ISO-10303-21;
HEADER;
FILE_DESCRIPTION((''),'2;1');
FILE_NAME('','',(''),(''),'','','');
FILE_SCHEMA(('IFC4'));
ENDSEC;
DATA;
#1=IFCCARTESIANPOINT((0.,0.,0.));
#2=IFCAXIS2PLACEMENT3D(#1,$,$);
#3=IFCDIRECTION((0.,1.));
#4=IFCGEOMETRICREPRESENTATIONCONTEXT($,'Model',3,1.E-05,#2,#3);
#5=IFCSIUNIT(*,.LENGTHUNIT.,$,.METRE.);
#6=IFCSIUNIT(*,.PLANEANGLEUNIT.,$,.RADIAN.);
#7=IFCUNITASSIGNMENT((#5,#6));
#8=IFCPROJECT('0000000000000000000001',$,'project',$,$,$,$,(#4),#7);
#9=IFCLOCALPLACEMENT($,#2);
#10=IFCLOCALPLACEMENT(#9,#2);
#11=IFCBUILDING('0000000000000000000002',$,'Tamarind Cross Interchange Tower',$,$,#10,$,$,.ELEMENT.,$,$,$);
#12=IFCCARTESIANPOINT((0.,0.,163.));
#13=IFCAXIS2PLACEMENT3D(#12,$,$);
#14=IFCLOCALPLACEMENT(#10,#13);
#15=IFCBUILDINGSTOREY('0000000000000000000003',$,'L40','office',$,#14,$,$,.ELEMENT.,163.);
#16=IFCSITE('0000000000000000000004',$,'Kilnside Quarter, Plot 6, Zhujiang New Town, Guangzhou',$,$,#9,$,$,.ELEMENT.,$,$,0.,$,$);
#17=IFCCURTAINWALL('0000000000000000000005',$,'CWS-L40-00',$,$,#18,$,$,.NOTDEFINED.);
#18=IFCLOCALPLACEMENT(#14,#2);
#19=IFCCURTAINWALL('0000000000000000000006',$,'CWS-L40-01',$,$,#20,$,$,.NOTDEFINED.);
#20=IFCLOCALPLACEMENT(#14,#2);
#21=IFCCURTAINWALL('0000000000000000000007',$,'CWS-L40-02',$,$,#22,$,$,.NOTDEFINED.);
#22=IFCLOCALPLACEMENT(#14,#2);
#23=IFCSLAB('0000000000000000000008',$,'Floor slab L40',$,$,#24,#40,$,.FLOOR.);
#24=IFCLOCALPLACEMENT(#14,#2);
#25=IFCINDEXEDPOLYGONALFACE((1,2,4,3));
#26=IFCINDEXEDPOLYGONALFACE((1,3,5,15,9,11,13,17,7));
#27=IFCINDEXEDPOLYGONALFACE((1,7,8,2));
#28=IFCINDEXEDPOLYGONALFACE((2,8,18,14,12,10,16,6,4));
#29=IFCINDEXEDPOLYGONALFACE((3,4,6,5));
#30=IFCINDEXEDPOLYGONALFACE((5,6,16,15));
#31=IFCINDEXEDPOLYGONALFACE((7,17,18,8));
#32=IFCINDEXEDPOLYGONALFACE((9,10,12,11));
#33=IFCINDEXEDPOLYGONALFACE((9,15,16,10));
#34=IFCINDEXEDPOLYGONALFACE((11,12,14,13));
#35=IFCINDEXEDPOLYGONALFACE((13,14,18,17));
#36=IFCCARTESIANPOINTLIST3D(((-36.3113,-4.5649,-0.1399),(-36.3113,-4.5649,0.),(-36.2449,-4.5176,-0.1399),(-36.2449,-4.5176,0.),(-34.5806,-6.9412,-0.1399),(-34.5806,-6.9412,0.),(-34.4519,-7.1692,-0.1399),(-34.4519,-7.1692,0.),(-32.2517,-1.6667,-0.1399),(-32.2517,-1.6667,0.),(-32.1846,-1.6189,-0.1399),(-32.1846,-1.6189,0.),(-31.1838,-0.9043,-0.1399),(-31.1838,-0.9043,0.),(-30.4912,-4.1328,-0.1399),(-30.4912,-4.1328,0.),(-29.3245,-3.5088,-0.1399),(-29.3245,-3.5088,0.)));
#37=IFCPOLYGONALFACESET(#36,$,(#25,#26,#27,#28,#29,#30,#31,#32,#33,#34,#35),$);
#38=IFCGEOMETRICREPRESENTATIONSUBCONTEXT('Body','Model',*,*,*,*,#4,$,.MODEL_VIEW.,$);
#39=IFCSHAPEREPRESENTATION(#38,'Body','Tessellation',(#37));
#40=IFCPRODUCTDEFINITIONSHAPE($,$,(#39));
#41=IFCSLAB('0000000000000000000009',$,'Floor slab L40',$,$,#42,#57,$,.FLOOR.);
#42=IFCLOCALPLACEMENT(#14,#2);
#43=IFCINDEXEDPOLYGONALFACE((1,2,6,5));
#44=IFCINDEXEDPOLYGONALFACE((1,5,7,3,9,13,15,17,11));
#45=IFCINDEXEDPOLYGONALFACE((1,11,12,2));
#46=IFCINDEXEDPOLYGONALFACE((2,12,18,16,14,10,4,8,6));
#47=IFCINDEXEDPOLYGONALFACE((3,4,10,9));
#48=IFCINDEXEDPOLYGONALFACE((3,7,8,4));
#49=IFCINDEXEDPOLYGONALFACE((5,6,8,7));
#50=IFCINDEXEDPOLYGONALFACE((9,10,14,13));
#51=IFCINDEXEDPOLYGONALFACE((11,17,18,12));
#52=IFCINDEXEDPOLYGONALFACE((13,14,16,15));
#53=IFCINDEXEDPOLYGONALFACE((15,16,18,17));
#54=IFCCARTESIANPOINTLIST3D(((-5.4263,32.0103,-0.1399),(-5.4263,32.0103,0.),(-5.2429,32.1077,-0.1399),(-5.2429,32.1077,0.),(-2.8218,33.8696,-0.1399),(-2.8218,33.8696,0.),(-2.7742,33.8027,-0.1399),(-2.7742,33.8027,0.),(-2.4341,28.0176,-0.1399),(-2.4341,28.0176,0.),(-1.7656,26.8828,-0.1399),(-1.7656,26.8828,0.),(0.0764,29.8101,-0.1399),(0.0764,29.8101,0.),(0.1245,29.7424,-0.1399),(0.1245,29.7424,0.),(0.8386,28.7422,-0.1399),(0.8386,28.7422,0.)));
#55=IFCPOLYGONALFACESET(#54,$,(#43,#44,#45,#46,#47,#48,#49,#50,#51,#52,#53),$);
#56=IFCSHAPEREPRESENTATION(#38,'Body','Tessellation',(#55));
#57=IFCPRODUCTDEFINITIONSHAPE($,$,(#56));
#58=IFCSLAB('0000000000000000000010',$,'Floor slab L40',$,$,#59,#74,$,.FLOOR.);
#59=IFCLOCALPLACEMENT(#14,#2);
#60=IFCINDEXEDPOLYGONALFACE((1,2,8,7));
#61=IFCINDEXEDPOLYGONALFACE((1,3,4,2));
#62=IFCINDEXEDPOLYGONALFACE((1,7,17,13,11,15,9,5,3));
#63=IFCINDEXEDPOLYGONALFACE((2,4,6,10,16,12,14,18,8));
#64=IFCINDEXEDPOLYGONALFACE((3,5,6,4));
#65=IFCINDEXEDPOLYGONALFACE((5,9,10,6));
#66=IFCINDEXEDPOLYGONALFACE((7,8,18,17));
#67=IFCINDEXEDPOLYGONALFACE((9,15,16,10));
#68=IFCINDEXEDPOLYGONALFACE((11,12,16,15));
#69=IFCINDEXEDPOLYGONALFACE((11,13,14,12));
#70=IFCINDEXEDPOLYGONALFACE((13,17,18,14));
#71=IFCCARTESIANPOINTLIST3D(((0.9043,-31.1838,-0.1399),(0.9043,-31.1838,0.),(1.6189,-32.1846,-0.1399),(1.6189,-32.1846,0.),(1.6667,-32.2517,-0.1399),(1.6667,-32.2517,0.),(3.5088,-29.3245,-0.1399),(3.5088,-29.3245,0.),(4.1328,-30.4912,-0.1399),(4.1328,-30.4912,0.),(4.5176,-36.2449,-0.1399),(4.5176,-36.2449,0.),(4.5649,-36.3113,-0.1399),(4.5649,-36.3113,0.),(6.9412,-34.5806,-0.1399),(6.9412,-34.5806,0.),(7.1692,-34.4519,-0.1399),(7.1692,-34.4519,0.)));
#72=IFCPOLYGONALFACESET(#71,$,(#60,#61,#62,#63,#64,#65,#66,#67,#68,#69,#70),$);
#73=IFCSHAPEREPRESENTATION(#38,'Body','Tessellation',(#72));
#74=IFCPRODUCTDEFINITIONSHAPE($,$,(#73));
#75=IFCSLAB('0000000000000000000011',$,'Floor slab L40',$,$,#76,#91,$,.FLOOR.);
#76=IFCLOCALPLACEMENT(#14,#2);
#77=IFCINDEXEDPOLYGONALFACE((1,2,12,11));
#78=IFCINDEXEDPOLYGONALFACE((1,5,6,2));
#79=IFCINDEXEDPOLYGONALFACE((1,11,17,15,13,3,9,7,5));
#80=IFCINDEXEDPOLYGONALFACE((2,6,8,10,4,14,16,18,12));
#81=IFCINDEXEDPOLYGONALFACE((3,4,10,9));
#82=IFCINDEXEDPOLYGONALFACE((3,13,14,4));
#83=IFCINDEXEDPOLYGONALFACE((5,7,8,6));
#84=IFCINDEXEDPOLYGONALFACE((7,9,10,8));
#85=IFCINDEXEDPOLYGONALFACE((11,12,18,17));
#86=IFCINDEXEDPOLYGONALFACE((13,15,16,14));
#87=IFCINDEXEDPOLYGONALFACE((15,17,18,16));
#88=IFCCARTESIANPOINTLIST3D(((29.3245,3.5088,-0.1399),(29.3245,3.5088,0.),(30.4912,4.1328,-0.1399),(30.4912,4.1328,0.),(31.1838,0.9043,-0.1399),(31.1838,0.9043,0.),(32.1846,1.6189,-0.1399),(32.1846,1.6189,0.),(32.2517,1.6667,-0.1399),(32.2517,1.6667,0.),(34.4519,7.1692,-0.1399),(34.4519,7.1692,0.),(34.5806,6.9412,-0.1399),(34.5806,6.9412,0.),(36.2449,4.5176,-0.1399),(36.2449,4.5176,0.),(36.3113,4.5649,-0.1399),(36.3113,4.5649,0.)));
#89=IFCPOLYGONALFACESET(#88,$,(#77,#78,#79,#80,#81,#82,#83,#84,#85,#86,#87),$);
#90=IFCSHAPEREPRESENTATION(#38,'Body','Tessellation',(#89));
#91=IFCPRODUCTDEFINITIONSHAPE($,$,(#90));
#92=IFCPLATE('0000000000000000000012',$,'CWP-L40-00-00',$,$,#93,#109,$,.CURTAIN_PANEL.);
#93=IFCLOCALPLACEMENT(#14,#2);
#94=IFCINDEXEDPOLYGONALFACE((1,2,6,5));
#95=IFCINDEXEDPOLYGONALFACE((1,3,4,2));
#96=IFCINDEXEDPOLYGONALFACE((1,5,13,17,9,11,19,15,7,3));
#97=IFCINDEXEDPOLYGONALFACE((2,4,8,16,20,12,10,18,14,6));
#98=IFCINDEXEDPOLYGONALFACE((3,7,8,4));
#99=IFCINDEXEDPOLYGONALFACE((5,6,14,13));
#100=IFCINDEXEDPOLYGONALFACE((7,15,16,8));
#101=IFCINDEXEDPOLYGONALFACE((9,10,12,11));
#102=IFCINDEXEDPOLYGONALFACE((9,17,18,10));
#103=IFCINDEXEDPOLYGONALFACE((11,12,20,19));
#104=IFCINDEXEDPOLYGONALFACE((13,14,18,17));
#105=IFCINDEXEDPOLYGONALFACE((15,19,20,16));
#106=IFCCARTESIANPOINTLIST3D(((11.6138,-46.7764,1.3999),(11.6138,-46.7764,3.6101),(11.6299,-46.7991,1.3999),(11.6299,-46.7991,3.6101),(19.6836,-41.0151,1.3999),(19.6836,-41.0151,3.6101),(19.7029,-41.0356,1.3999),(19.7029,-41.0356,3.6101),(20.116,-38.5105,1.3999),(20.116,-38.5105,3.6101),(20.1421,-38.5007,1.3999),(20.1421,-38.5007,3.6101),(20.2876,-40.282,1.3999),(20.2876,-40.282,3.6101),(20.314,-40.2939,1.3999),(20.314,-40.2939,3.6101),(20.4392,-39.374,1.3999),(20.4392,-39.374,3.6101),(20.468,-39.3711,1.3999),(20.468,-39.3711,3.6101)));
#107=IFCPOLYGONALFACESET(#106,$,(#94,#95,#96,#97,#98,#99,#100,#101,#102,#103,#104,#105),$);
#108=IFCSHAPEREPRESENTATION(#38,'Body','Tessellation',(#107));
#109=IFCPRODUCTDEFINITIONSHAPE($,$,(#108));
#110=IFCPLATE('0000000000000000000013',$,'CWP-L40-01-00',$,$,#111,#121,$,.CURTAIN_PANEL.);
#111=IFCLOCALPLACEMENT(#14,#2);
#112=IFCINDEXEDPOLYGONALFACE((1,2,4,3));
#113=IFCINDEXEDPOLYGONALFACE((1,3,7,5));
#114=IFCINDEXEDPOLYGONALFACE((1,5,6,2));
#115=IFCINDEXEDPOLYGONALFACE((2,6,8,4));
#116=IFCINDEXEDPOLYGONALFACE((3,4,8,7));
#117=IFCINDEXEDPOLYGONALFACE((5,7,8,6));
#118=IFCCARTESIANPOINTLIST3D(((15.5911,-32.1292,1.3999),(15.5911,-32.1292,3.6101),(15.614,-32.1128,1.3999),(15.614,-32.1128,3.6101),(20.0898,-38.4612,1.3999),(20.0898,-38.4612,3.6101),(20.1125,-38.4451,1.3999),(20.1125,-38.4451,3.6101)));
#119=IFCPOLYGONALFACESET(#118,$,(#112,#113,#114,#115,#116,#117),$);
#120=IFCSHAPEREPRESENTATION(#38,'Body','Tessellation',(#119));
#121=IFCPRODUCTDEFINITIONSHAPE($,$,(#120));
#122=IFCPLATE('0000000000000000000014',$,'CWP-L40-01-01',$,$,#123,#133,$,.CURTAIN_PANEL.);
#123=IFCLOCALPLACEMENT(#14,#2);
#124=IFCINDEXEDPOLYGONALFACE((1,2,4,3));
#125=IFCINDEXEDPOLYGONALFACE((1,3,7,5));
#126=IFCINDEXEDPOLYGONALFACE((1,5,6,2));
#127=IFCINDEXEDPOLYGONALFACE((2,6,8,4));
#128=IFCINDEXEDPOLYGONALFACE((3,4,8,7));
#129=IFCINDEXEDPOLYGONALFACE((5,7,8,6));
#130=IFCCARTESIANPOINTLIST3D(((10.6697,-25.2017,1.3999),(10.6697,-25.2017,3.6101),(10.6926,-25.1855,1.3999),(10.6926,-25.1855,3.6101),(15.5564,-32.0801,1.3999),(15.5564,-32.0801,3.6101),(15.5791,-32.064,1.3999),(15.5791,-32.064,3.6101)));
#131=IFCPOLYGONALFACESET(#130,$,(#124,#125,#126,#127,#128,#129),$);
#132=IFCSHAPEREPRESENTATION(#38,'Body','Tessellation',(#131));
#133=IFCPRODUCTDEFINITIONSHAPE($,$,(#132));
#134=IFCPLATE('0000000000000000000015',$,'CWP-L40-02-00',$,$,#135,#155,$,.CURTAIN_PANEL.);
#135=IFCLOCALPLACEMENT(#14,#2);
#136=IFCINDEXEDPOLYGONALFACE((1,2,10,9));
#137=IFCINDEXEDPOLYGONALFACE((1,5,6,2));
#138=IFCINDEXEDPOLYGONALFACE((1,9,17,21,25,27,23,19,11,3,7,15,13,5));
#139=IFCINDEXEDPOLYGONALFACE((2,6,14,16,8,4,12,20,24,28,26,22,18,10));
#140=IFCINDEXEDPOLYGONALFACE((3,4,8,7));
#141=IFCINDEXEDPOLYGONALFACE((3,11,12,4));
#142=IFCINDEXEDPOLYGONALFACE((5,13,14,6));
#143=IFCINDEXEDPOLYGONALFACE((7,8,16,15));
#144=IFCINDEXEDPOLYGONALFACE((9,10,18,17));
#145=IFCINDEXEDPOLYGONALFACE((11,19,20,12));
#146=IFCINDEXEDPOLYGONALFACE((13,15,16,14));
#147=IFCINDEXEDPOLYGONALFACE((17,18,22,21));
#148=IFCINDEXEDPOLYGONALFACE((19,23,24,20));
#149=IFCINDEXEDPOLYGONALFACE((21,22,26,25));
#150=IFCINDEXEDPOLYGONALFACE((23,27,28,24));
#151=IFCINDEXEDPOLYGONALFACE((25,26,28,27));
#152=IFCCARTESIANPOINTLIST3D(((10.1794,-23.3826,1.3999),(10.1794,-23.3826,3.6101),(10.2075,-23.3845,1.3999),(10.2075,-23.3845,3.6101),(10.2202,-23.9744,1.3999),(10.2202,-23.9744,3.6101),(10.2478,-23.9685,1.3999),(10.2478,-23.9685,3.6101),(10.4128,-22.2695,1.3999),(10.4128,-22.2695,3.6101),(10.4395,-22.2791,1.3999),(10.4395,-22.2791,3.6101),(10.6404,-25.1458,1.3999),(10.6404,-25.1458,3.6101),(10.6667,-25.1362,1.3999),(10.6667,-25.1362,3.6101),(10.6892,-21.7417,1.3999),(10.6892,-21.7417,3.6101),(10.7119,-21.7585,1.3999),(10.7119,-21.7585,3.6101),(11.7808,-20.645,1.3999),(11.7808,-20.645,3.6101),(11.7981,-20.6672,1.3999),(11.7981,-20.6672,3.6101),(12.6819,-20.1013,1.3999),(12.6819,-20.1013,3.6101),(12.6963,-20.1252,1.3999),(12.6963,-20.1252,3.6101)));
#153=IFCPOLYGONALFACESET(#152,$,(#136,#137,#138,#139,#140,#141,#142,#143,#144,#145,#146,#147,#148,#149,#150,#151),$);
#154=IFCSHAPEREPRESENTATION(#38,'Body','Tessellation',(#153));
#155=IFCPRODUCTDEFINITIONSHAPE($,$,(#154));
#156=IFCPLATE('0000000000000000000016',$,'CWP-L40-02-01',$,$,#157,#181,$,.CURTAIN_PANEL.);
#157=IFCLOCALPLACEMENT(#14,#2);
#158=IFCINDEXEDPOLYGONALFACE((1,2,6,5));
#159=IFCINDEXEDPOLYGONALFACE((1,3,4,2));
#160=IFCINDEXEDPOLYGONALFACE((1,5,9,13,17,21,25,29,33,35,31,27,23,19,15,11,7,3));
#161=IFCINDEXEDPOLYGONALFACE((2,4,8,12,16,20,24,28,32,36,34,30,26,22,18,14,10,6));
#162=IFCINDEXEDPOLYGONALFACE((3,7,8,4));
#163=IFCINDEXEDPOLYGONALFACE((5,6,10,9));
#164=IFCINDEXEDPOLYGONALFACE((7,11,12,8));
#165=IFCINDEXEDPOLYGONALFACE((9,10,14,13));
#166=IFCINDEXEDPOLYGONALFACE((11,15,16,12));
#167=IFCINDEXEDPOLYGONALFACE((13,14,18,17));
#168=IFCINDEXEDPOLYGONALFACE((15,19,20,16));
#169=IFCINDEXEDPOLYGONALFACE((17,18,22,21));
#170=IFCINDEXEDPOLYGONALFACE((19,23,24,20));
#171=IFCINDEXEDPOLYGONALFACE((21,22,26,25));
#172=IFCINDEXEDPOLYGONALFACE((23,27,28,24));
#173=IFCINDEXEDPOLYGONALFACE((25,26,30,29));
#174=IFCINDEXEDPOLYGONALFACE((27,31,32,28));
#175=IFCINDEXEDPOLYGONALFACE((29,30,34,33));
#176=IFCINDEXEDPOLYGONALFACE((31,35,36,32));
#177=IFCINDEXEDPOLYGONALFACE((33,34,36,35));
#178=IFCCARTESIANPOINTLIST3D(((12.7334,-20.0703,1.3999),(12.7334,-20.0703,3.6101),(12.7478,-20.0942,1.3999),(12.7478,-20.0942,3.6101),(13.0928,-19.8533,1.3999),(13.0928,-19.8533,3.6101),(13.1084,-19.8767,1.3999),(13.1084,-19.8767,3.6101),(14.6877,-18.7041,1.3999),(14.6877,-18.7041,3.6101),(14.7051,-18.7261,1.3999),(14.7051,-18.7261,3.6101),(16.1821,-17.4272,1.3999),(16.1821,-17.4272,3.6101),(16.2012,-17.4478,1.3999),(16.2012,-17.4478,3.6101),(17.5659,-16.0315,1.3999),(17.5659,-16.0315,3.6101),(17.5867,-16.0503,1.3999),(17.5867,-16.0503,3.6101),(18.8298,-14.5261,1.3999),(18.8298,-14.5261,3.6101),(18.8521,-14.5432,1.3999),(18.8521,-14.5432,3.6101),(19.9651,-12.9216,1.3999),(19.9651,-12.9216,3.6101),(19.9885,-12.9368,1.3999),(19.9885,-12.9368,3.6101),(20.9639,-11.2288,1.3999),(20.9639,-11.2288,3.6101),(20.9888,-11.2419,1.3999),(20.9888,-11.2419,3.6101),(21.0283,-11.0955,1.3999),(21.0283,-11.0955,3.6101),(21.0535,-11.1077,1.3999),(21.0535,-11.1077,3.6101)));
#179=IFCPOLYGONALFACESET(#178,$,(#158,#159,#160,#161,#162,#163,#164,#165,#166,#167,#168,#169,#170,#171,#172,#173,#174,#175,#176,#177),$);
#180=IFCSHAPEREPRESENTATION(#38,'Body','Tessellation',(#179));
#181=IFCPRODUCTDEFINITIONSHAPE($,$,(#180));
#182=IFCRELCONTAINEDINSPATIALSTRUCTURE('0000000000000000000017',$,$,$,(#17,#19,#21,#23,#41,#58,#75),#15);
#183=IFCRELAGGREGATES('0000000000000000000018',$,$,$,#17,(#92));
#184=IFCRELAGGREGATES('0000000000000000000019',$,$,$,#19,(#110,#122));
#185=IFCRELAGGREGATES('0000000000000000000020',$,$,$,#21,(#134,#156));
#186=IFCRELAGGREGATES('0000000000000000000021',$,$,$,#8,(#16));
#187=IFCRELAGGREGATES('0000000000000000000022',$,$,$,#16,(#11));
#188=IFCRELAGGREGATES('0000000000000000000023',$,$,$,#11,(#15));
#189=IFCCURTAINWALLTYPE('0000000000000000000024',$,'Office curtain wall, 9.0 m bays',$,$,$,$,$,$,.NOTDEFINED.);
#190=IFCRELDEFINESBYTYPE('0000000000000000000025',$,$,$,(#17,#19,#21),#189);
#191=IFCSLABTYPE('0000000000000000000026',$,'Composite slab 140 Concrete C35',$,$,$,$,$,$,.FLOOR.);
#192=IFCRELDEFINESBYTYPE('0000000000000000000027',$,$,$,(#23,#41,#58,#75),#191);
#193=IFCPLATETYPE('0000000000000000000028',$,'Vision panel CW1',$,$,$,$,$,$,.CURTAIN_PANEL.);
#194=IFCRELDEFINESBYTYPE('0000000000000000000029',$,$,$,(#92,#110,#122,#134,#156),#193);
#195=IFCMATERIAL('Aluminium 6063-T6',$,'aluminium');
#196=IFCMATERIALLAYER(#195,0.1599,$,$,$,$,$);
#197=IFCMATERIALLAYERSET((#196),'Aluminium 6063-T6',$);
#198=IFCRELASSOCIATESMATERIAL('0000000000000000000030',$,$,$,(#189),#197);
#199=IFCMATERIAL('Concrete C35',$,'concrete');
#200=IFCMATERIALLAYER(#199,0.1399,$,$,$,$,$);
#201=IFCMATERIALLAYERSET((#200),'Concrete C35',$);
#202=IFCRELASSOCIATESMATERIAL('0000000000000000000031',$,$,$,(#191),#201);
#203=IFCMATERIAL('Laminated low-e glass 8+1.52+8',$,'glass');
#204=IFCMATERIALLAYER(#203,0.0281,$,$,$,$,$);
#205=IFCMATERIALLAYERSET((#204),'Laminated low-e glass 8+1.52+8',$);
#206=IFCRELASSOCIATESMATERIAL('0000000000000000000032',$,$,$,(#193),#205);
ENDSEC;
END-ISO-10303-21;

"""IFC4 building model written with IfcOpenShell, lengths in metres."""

from ifc_helpers import new_model, si_unit, direction, frame, origin, place, context, subcontext, project, spatial, polyline, outline, extrude, material, layer, layer_set, type_object, element, aggregate, save


model = new_model("IFC4")

# Units and contexts
model_context = context("Model", 3, precision=1e-05, world=origin(), true_north=direction((0.0, 1.0)))
body_context = subcontext(model_context, "Body", "Model", "MODEL_VIEW")
ifc_project = project(units=[si_unit("LENGTHUNIT", "METRE"), si_unit("PLANEANGLEUNIT", "RADIAN")], contexts=[model_context])

# Site, building, storey
site_placement = place(None, origin())
site = spatial("IfcSite", under=ifc_project, at=site_placement, Name="Kilnside Quarter, Plot 6, Zhujiang New Town, Guangzhou", CompositionType="ELEMENT", RefElevation=0.0)
building_placement = place(site_placement, origin())
building = spatial("IfcBuilding", under=site, at=building_placement, Name="Tamarind Cross Interchange Tower", CompositionType="ELEMENT")
storey_placement = place(building_placement, frame((0.0, 0.0, 163.0)))
storey = spatial("IfcBuildingStorey", under=building, at=storey_placement, Name="L40", Description="office", CompositionType="ELEMENT", Elevation=163.0)

# Curtain walls
ifc_material_1 = material(Name="Aluminium 6063-T6", Category="aluminium")
ifc_layer_1 = layer(ifc_material_1, 0.1599)
ifc_layer_set_1 = layer_set([ifc_layer_1], Name="Aluminium 6063-T6")
curtain_wall_type = type_object("IfcCurtainWallType", Name="Office curtain wall, 9.0 m bays", PredefinedType="NOTDEFINED", material=ifc_layer_set_1)
curtain_wall_1_placement = place(storey_placement, origin())
curtain_wall_1 = element("IfcCurtainWall", 1, at=curtain_wall_1_placement, inside=storey, type_object=curtain_wall_type, Name="CWS-L40-00", PredefinedType="NOTDEFINED")
curtain_wall_2_placement = place(storey_placement, origin())
curtain_wall_2 = element("IfcCurtainWall", 2, at=curtain_wall_2_placement, inside=storey, type_object=curtain_wall_type, Name="CWS-L40-01", PredefinedType="NOTDEFINED")
curtain_wall_3_placement = place(storey_placement, origin())
curtain_wall_3 = element("IfcCurtainWall", 3, at=curtain_wall_3_placement, inside=storey, type_object=curtain_wall_type, Name="CWS-L40-02", PredefinedType="NOTDEFINED")

# Slabs
ifc_material_2 = material(Name="Concrete C35", Category="concrete")
ifc_layer_2 = layer(ifc_material_2, 0.1399)
ifc_layer_set_2 = layer_set([ifc_layer_2], Name="Concrete C35")
slab_type = type_object("IfcSlabType", Name="Composite slab 140 Concrete C35", PredefinedType="FLOOR", material=ifc_layer_set_2)
slab_1_placement = place(storey_placement, frame((0.0, 0.0, -0.1399)))
element("IfcSlab", 4, at=slab_1_placement, inside=storey, type_object=slab_type, Name="Floor slab L40", PredefinedType="FLOOR", context=body_context, shape_type="SweptSolid", body=[
    extrude(outline(polyline([(-36.3113, -4.5649), (-34.4519, -7.1692), (-29.3245, -3.5088), (-31.1838, -0.9043), (-32.1846, -1.6189), (-32.2517, -1.6667), (-30.4912, -4.1328), (-34.5806, -6.9412), (-36.2449, -4.5176), (-36.3113, -4.5649)])), origin(), (0.0, 0.0, 1.0), 0.1399),
])
slab_2_placement = place(storey_placement, frame((0.0, 0.0, -0.1399)))
element("IfcSlab", 5, at=slab_2_placement, inside=storey, type_object=slab_type, Name="Floor slab L40", PredefinedType="FLOOR", context=body_context, shape_type="SweptSolid", body=[
    extrude(outline(polyline([(-1.7656, 26.8828), (0.8386, 28.7422), (0.1245, 29.7424), (0.0764, 29.8101), (-2.4341, 28.0176), (-5.2429, 32.1077), (-2.7742, 33.8027), (-2.8218, 33.8696), (-5.4263, 32.0103), (-1.7656, 26.8828)])), origin(), (0.0, 0.0, 1.0), 0.1399),
])
slab_3_placement = place(storey_placement, frame((0.0, 0.0, -0.1399)))
element("IfcSlab", 6, at=slab_3_placement, inside=storey, type_object=slab_type, Name="Floor slab L40", PredefinedType="FLOOR", context=body_context, shape_type="SweptSolid", body=[
    extrude(outline(polyline([(3.5088, -29.3245), (0.9043, -31.1838), (1.6189, -32.1846), (1.6667, -32.2517), (4.1328, -30.4912), (6.9412, -34.5806), (4.5176, -36.2449), (4.5649, -36.3113), (7.1692, -34.4519), (3.5088, -29.3245)])), origin(), (0.0, 0.0, 1.0), 0.1399),
])
slab_4_placement = place(storey_placement, frame((0.0, 0.0, -0.1399)))
element("IfcSlab", 7, at=slab_4_placement, inside=storey, type_object=slab_type, Name="Floor slab L40", PredefinedType="FLOOR", context=body_context, shape_type="SweptSolid", body=[
    extrude(outline(polyline([(34.5806, 6.9412), (36.2449, 4.5176), (36.3113, 4.5649), (34.4519, 7.1692), (29.3245, 3.5088), (31.1838, 0.9043), (32.1846, 1.6189), (32.2517, 1.6667), (30.4912, 4.1328), (34.5806, 6.9412)])), origin(), (0.0, 0.0, 1.0), 0.1399),
])

# Plates
ifc_material_3 = material(Name="Laminated low-e glass 8+1.52+8", Category="glass")
ifc_layer_3 = layer(ifc_material_3, 0.0281)
ifc_layer_set_3 = layer_set([ifc_layer_3], Name="Laminated low-e glass 8+1.52+8")
plate_type = type_object("IfcPlateType", Name="Vision panel CW1", PredefinedType="CURTAIN_PANEL", material=ifc_layer_set_3)
plate_1_placement = place(storey_placement, frame((0.0, 0.0, 1.3999)))
plate_1 = element("IfcPlate", 8, at=plate_1_placement, type_object=plate_type, Name="CWP-L40-00-00", PredefinedType="CURTAIN_PANEL", context=body_context, shape_type="SweptSolid", body=[
    extrude(outline(polyline([(11.6138, -46.7764), (19.6836, -41.0151), (20.2876, -40.282), (20.4392, -39.374), (20.116, -38.5105), (20.1421, -38.5007), (20.468, -39.3711), (20.314, -40.2939), (19.7029, -41.0356), (11.6299, -46.7991), (11.6138, -46.7764)])), origin(), (0.0, 0.0, 1.0), 2.2102),
])
aggregate(curtain_wall_1, [plate_1])
plate_2_placement = place(storey_placement, frame((0.0, 0.0, 1.3999)))
plate_2 = element("IfcPlate", 9, at=plate_2_placement, type_object=plate_type, Name="CWP-L40-01-00", PredefinedType="CURTAIN_PANEL", context=body_context, shape_type="SweptSolid", body=[
    extrude(outline(polyline([(20.0898, -38.4612), (15.5911, -32.1292), (15.614, -32.1128), (20.1125, -38.4451), (20.0898, -38.4612)])), origin(), (0.0, 0.0, 1.0), 2.2102),
])
plate_3_placement = place(storey_placement, frame((0.0, 0.0, 1.3999)))
plate_3 = element("IfcPlate", 10, at=plate_3_placement, type_object=plate_type, Name="CWP-L40-01-01", PredefinedType="CURTAIN_PANEL", context=body_context, shape_type="SweptSolid", body=[
    extrude(outline(polyline([(15.5564, -32.0801), (10.6697, -25.2017), (10.6926, -25.1855), (15.5791, -32.064), (15.5564, -32.0801)])), origin(), (0.0, 0.0, 1.0), 2.2102),
])
aggregate(curtain_wall_2, [plate_2, plate_3])
plate_4_placement = place(storey_placement, frame((0.0, 0.0, 1.3999)))
plate_4 = element("IfcPlate", 11, at=plate_4_placement, type_object=plate_type, Name="CWP-L40-02-00", PredefinedType="CURTAIN_PANEL", context=body_context, shape_type="SweptSolid", body=[
    extrude(outline(polyline([(10.6404, -25.1458), (10.2202, -23.9744), (10.1794, -23.3826), (10.4128, -22.2695), (10.6892, -21.7417), (11.7808, -20.645), (12.6819, -20.1013), (12.6963, -20.1252), (11.7981, -20.6672), (10.7119, -21.7585), (10.4395, -22.2791), (10.2075, -23.3845), (10.2478, -23.9685), (10.6667, -25.1362), (10.6404, -25.1458)])), origin(), (0.0, 0.0, 1.0), 2.2102),
])
plate_5_placement = place(storey_placement, frame((0.0, 0.0, 1.3999)))
plate_5 = element("IfcPlate", 12, at=plate_5_placement, type_object=plate_type, Name="CWP-L40-02-01", PredefinedType="CURTAIN_PANEL", context=body_context, shape_type="SweptSolid", body=[
    extrude(outline(polyline([(12.7334, -20.0703), (13.0928, -19.8533), (14.6877, -18.7041), (16.1821, -17.4272), (17.5659, -16.0315), (18.8298, -14.5261), (19.9651, -12.9216), (20.9639, -11.2288), (21.0283, -11.0955), (21.0535, -11.1077), (20.9888, -11.2419), (19.9885, -12.9368), (18.8521, -14.5432), (17.5867, -16.0503), (16.2012, -17.4478), (14.7051, -18.7261), (13.1084, -19.8767), (12.7478, -20.0942), (12.7334, -20.0703)])), origin(), (0.0, 0.0, 1.0), 2.2102),
])
aggregate(curtain_wall_3, [plate_4, plate_5])

save(model, "model.ifc")
